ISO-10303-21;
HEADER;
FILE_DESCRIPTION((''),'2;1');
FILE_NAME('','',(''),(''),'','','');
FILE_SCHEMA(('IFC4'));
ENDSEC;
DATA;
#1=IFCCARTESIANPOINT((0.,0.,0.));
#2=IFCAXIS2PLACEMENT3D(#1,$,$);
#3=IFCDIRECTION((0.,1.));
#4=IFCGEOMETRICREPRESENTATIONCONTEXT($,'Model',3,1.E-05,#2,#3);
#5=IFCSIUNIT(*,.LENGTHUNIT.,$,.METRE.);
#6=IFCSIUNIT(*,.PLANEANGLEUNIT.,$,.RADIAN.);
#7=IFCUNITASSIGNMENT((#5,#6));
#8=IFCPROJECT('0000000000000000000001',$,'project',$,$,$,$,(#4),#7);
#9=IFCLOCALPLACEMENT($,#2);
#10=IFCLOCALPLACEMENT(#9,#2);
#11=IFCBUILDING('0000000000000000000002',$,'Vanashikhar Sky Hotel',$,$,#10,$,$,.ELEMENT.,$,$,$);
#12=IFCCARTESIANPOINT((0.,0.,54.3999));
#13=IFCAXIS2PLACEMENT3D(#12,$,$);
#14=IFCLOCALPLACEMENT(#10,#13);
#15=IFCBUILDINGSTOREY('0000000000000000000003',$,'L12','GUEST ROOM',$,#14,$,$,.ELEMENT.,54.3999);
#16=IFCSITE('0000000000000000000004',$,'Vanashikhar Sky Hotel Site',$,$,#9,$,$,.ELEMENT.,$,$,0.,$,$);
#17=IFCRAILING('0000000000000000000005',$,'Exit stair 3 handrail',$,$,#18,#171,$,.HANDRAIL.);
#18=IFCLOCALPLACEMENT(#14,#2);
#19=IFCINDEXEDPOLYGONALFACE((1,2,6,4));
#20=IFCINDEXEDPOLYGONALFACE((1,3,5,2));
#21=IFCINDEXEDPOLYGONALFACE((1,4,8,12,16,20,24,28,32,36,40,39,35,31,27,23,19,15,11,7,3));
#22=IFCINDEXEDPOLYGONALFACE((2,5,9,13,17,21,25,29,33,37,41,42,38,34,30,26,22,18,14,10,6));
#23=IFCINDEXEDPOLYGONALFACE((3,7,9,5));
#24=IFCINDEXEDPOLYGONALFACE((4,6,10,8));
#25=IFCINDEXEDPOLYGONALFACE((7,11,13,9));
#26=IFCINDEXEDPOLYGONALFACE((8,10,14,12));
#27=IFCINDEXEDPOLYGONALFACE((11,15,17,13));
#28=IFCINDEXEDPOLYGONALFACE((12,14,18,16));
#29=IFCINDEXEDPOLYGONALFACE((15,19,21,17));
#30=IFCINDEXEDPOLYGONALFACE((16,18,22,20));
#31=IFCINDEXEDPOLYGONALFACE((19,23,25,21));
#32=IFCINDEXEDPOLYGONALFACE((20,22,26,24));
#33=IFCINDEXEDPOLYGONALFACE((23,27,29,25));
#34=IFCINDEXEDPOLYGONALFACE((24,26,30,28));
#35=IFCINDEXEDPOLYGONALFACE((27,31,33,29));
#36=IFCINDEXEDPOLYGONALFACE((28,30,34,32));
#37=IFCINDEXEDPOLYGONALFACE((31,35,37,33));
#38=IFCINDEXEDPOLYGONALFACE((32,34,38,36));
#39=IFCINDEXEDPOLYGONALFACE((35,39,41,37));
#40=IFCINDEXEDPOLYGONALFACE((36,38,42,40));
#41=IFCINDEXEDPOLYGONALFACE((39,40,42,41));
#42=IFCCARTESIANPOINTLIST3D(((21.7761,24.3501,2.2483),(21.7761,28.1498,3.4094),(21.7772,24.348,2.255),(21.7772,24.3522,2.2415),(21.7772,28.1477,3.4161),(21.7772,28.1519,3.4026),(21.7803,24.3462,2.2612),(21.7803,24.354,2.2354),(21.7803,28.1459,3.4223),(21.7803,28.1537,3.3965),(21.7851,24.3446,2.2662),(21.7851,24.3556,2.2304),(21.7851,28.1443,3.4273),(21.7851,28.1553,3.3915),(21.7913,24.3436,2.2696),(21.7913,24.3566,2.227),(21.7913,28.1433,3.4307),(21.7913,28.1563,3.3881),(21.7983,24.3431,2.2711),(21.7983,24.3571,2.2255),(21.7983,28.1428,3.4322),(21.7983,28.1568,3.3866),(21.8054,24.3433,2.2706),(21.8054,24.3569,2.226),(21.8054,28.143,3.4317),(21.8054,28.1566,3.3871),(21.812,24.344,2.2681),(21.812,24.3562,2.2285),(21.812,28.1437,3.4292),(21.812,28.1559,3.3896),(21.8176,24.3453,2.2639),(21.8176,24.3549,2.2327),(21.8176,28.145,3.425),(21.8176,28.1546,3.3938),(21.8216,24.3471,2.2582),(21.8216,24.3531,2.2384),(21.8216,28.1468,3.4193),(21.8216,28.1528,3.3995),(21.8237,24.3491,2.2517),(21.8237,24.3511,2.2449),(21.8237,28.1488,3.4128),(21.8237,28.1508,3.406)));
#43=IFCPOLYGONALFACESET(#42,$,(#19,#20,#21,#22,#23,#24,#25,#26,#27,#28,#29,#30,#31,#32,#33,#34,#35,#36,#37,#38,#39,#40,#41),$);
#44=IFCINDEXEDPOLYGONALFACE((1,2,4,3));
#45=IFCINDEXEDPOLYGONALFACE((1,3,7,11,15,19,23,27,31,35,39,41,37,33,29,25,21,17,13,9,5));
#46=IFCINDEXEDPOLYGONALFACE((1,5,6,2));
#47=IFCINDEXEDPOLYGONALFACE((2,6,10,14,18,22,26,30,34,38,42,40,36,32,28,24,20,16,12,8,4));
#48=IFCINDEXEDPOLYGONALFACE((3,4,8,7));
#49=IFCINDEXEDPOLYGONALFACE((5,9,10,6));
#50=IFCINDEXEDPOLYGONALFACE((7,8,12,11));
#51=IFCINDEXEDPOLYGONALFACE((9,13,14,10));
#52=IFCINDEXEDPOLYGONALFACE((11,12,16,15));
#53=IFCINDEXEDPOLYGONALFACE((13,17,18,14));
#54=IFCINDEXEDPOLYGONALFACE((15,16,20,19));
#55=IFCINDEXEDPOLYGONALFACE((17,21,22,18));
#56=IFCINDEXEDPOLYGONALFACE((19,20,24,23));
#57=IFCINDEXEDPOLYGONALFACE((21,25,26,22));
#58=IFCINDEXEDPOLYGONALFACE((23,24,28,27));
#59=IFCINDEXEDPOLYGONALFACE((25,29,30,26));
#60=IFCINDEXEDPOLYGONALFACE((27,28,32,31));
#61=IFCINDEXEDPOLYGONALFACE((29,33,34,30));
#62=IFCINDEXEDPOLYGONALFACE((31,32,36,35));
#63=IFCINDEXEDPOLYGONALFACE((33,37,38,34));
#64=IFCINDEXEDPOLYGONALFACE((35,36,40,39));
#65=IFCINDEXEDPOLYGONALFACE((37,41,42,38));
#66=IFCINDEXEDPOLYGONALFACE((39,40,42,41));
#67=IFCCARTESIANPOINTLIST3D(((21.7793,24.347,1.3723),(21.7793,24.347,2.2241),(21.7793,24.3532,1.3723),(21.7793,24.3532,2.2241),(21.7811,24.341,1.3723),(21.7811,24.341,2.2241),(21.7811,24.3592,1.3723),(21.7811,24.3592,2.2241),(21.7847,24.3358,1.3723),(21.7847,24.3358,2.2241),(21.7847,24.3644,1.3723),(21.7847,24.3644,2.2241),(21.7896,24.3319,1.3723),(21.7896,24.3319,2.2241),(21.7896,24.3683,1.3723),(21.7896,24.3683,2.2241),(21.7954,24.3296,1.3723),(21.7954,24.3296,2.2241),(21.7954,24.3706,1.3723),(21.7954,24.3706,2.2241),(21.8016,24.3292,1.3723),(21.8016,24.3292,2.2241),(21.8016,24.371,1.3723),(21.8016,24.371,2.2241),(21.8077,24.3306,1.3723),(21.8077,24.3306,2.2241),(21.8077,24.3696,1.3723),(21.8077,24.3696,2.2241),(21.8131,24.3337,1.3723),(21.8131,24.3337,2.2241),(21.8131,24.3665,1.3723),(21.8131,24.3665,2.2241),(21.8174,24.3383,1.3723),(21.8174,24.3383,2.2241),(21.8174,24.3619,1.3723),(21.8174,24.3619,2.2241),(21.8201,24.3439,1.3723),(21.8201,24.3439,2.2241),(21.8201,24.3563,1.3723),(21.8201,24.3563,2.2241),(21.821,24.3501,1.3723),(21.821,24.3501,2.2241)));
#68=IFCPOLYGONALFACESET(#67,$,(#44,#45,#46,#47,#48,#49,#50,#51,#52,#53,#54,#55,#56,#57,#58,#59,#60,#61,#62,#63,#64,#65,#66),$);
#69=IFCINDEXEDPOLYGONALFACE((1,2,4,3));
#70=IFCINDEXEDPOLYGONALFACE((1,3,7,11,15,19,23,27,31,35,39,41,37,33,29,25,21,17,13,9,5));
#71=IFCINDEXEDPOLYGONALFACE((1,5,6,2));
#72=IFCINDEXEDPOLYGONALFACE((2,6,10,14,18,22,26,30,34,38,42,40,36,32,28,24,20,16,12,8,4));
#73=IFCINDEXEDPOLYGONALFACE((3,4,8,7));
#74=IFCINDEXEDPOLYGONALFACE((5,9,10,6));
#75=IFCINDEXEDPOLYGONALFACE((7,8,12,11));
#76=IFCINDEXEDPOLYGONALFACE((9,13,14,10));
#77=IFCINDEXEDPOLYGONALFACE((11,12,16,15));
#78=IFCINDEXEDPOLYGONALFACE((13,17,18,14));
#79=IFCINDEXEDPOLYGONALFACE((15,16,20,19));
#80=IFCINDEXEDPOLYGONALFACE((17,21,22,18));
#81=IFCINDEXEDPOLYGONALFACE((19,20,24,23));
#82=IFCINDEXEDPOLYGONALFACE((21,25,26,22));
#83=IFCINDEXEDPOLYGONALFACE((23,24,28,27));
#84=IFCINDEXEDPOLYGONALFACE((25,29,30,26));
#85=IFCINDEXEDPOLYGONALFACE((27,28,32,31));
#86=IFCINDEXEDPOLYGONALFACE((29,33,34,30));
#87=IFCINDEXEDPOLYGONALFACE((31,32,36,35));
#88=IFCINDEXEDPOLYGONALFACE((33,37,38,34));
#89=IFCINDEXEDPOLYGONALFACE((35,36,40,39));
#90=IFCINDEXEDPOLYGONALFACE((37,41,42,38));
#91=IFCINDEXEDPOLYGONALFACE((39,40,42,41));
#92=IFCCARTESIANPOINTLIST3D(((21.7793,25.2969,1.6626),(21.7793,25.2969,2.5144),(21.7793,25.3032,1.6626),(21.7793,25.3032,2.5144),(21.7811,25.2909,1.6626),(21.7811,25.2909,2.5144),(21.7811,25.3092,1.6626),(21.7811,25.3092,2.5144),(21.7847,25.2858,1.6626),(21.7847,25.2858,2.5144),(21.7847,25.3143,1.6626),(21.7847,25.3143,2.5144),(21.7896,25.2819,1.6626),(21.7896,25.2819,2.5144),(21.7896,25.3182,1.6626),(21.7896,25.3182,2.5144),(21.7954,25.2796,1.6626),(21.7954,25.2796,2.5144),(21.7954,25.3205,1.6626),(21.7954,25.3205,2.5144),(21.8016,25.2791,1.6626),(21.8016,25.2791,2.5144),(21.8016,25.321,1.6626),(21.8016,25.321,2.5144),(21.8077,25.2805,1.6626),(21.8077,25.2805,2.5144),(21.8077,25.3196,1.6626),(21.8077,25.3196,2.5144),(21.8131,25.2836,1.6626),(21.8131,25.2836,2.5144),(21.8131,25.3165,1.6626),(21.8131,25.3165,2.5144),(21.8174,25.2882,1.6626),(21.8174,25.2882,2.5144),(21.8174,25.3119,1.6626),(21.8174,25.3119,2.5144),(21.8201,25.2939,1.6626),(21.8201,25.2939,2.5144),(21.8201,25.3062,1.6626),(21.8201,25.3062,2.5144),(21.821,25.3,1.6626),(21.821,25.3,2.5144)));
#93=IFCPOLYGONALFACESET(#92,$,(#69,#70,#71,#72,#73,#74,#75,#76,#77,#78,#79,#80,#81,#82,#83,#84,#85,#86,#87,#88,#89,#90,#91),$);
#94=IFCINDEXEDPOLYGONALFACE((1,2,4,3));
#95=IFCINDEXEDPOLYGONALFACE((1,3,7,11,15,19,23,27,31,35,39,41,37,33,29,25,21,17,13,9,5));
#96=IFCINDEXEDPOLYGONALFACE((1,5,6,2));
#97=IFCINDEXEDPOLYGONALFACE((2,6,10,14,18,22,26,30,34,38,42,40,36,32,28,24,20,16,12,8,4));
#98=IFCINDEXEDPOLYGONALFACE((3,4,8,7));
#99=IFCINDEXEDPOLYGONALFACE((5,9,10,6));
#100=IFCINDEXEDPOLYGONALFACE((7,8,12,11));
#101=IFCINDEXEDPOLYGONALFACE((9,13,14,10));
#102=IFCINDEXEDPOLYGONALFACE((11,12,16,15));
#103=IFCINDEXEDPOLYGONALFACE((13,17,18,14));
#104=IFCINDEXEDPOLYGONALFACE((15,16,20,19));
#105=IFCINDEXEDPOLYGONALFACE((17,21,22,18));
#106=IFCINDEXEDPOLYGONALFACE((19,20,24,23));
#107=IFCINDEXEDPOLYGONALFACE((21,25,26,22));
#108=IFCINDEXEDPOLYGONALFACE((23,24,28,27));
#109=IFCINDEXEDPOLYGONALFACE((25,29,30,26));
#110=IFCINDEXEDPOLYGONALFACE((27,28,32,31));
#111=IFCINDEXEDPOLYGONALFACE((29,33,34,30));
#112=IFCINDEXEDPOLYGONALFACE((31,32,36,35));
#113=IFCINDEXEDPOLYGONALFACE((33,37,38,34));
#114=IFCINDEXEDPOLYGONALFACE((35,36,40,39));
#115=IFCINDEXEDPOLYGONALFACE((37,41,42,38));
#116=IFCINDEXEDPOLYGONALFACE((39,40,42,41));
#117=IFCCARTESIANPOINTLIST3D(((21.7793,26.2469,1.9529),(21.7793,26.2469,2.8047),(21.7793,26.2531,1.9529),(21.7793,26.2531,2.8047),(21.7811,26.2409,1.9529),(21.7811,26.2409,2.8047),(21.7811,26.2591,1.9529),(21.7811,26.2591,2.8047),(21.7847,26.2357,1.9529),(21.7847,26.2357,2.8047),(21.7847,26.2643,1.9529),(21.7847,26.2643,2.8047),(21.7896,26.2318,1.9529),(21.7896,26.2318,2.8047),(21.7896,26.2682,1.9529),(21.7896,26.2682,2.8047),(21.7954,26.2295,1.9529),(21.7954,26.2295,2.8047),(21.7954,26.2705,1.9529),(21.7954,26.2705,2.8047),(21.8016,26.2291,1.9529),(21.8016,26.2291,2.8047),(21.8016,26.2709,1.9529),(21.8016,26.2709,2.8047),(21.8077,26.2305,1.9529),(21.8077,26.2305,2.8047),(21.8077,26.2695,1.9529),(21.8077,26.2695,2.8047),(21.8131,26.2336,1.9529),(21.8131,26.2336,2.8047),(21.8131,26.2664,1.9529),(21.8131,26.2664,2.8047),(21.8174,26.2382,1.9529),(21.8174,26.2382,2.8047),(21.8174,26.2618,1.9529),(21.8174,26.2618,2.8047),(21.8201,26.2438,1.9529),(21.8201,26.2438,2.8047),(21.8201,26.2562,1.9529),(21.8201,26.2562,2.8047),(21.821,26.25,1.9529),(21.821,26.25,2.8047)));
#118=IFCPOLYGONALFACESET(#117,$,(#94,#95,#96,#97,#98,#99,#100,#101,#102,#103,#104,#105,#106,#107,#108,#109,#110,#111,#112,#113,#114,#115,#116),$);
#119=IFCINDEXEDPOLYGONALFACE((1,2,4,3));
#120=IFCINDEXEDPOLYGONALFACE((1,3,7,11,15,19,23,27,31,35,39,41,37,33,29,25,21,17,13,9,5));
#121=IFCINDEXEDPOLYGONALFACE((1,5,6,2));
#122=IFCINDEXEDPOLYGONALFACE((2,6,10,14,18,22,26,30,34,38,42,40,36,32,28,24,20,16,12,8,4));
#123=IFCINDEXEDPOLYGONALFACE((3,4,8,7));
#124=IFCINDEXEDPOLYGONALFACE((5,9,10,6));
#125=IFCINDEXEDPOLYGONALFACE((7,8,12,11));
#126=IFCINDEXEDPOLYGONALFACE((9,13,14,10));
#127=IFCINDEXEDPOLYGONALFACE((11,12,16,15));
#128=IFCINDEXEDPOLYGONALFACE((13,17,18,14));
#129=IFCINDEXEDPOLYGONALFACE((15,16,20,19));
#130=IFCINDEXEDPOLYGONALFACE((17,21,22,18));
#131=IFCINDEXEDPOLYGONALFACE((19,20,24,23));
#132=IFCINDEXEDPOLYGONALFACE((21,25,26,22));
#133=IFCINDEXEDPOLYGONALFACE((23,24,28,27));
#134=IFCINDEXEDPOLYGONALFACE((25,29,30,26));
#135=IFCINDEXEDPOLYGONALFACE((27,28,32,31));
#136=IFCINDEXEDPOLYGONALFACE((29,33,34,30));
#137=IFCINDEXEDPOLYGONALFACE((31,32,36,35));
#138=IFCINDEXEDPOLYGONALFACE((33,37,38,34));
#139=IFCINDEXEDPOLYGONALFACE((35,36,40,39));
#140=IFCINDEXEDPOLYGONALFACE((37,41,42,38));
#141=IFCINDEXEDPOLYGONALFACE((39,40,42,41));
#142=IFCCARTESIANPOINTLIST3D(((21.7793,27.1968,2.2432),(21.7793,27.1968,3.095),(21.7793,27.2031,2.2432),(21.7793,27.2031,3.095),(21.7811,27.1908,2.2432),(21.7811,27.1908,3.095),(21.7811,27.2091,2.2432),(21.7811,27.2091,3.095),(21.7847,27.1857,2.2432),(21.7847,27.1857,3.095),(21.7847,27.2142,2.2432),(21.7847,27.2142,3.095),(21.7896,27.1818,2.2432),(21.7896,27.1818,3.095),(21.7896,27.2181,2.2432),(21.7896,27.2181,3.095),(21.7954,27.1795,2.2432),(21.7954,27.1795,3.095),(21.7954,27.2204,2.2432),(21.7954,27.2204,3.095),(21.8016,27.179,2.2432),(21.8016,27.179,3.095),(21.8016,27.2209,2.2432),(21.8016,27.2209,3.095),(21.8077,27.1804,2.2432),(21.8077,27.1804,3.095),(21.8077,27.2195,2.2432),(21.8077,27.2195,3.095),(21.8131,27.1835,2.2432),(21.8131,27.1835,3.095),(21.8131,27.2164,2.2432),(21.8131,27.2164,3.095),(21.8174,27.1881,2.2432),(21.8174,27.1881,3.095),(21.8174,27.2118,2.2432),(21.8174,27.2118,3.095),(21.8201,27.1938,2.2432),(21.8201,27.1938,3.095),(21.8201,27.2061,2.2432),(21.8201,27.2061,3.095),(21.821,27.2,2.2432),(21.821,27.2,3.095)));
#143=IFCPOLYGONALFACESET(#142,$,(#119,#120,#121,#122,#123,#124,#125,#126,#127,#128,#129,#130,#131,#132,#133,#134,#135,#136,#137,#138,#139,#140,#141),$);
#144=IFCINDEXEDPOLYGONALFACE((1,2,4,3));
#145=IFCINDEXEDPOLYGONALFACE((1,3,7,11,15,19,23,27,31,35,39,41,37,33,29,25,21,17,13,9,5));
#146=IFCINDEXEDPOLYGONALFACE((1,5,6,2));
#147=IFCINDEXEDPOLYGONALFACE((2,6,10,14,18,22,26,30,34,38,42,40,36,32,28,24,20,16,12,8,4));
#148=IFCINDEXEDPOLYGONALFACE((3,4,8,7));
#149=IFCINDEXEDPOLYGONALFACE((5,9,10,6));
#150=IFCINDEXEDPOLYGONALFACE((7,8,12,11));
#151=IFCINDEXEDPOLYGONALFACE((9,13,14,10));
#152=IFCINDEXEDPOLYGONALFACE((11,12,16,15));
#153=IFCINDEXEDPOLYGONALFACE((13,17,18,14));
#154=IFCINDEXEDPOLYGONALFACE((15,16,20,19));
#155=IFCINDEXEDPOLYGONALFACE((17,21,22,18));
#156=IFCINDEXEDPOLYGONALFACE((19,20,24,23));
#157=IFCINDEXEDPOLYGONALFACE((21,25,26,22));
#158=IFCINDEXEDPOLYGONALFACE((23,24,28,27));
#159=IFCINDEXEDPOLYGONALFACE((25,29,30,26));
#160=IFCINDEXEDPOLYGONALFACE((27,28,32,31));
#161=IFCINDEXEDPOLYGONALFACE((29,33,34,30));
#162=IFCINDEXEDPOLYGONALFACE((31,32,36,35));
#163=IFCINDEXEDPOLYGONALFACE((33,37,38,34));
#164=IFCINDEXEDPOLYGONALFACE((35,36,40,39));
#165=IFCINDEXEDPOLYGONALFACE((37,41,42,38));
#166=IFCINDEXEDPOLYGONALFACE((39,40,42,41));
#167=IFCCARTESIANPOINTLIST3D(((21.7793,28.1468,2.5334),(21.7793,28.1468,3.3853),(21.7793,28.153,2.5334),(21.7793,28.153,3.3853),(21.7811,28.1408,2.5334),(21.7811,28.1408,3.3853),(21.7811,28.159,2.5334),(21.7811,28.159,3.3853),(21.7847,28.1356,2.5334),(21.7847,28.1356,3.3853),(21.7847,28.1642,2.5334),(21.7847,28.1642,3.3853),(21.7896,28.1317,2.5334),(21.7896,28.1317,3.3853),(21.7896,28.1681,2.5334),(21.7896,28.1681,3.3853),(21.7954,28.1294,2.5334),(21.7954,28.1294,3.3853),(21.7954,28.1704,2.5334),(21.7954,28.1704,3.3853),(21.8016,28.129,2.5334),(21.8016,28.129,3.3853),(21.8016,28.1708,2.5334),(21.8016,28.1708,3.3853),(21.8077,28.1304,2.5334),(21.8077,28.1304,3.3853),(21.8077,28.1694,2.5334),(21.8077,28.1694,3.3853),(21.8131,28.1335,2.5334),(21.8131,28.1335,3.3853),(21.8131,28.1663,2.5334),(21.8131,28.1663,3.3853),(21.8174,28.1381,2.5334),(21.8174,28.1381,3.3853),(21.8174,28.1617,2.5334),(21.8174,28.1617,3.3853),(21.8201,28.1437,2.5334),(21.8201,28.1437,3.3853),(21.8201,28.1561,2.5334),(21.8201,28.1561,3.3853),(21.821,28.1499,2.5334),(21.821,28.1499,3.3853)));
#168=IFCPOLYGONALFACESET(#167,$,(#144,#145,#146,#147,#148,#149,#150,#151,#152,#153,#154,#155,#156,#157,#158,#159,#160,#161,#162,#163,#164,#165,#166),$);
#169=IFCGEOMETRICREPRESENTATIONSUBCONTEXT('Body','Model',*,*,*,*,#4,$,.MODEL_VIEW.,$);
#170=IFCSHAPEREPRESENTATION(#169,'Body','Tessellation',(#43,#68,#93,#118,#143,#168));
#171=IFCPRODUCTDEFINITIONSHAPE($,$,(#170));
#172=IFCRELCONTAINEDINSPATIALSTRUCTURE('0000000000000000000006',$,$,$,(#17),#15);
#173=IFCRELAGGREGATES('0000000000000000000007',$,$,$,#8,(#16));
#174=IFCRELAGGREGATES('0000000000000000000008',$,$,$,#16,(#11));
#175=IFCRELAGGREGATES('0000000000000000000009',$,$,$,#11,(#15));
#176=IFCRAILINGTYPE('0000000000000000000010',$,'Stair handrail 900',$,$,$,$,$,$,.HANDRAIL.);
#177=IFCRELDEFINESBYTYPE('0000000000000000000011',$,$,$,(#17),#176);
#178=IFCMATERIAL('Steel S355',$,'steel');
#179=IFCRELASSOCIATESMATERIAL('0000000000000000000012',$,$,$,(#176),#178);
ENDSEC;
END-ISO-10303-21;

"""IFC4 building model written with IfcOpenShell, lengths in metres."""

from ifc_helpers import new_model, si_unit, direction, frame, origin, origin_2d, place, context, subcontext, project, spatial, circle, extrude, source, transform, mapped, material, type_object, element, save


model = new_model("IFC4")

# Units and contexts
model_context = context("Model", 3, precision=1e-05, world=origin(), true_north=direction((0.0, 1.0)))
body_context = subcontext(model_context, "Body", "Model", "MODEL_VIEW")
ifc_project = project(units=[si_unit("LENGTHUNIT", "METRE"), si_unit("PLANEANGLEUNIT", "RADIAN")], contexts=[model_context])

# Site, building, storey
site_placement = place(None, origin())
site = spatial("IfcSite", under=ifc_project, at=site_placement, Name="Vanashikhar Sky Hotel Site", CompositionType="ELEMENT", RefElevation=0.0)
building_placement = place(site_placement, origin())
building = spatial("IfcBuilding", under=site, at=building_placement, Name="Vanashikhar Sky Hotel", CompositionType="ELEMENT")
storey_placement = place(building_placement, frame((0.0, 0.0, 54.3999)))
storey = spatial("IfcBuildingStorey", under=building, at=storey_placement, Name="L12", Description="GUEST ROOM", CompositionType="ELEMENT", Elevation=54.3999)

# Railing
ifc_material_1 = material(Name="Steel S355", Category="steel")
railing_type = type_object("IfcRailingType", Name="Stair handrail 900", PredefinedType="HANDRAIL", material=ifc_material_1)
shared_shape_1 = source(origin(), body_context, "Body", "SweptSolid", [
    extrude(circle(Radius=0.0239, at=origin_2d()), frame((0.0, 0.0, 0.876), z_axis=(0.0, 0.956346, 0.292237), x_axis=(-1.0, 0.0, 0.0)), (0.0, 0.0, 1.0), 3.9731),
    extrude(circle(Radius=0.021, at=origin_2d()), origin(), (0.0, 0.0, 1.0), 0.8518),
    extrude(circle(Radius=0.021, at=origin_2d()), frame((0.0, 0.95, 0.2903)), (0.0, 0.0, 1.0), 0.8518),
    extrude(circle(Radius=0.021, at=origin_2d()), frame((0.0, 1.8999, 0.5806)), (0.0, 0.0, 1.0), 0.8518),
    extrude(circle(Radius=0.021, at=origin_2d()), frame((0.0, 2.8499, 0.8708)), (0.0, 0.0, 1.0), 0.8518),
    extrude(circle(Radius=0.021, at=origin_2d()), frame((0.0, 3.7998, 1.1611)), (0.0, 0.0, 1.0), 0.8518),
])
railing_placement = place(storey_placement, frame((21.8, 24.3501, 1.3723)))
element("IfcRailing", 1, at=railing_placement, inside=storey, type_object=railing_type, Name="Exit stair 3 handrail", PredefinedType="HANDRAIL", context=body_context, shape_type="MappedRepresentation", body=[
    mapped(shared_shape_1, transform((0.0, 0.0, 0.0), scale=1.0)),
])

save(model, "model.ifc")
